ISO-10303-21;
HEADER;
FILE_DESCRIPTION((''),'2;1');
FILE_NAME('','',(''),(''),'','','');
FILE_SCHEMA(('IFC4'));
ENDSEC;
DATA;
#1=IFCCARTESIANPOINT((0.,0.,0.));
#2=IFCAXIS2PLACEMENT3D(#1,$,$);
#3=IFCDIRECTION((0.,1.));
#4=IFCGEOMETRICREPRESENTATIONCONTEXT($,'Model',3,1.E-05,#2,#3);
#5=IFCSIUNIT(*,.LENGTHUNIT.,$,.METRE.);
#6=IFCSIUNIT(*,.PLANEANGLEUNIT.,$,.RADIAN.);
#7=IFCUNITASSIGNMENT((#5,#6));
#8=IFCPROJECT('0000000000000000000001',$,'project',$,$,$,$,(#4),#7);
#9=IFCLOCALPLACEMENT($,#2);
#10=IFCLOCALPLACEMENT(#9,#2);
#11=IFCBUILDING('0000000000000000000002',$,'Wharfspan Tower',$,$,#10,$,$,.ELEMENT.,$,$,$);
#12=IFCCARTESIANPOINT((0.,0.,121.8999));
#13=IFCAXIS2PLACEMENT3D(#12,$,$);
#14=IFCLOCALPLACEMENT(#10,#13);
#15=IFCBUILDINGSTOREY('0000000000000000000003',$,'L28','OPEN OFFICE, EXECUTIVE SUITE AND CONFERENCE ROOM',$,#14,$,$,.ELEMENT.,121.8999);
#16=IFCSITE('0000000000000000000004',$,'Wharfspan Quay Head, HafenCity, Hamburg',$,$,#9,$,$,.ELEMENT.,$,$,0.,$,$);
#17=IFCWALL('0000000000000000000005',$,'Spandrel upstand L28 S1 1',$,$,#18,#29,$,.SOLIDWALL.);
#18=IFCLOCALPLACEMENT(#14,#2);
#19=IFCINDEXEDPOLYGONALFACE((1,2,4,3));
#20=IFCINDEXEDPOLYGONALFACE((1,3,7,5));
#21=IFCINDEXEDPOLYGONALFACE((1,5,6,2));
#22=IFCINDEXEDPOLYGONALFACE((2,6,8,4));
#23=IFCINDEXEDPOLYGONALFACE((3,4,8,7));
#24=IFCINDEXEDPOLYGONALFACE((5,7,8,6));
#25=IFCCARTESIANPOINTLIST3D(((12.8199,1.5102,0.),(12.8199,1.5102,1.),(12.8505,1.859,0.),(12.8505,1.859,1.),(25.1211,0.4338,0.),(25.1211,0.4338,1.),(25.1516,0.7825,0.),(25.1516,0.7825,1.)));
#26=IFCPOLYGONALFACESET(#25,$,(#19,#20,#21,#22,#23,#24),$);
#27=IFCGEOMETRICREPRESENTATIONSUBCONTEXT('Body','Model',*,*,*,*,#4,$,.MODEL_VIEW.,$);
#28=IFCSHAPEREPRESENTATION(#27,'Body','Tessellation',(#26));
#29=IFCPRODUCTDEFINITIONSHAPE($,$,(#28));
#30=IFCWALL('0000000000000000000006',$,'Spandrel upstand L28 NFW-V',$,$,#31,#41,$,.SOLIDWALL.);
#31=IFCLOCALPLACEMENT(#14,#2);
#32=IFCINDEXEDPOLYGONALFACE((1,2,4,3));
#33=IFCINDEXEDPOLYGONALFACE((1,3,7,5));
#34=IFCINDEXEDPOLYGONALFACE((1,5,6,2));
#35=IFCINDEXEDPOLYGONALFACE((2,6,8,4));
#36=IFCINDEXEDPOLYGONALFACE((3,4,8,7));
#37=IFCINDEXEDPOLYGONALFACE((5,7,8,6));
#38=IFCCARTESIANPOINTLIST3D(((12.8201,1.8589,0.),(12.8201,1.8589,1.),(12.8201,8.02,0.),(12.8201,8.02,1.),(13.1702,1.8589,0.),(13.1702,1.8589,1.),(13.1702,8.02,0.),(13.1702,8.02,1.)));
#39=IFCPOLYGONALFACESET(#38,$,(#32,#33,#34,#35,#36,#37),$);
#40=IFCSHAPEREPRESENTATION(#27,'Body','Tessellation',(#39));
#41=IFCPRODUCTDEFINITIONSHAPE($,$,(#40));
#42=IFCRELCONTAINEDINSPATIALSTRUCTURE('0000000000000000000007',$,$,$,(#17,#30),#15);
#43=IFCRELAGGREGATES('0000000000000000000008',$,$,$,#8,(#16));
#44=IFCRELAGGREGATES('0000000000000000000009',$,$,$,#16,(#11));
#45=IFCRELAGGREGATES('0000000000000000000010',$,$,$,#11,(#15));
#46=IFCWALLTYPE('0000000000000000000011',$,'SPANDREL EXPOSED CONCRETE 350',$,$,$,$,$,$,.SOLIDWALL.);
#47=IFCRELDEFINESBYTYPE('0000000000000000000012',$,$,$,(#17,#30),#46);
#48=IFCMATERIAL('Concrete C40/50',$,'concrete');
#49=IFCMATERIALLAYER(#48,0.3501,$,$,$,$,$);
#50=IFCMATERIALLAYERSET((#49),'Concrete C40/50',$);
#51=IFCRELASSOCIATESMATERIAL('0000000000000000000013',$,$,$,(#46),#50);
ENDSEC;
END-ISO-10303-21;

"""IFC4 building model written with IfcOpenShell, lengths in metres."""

from ifc_helpers import new_model, si_unit, direction, frame, frame_2d, origin, place, context, subcontext, project, spatial, rectangle, extrude, material, layer, layer_set, type_object, element, save


model = new_model("IFC4")

# Units and contexts
model_context = context("Model", 3, precision=1e-05, world=origin(), true_north=direction((0.0, 1.0)))
body_context = subcontext(model_context, "Body", "Model", "MODEL_VIEW")
ifc_project = project(units=[si_unit("LENGTHUNIT", "METRE"), si_unit("PLANEANGLEUNIT", "RADIAN")], contexts=[model_context])

# Site, building, storey
site_placement = place(None, origin())
site = spatial("IfcSite", under=ifc_project, at=site_placement, Name="Wharfspan Quay Head, HafenCity, Hamburg", CompositionType="ELEMENT", RefElevation=0.0)
building_placement = place(site_placement, origin())
building = spatial("IfcBuilding", under=site, at=building_placement, Name="Wharfspan Tower", CompositionType="ELEMENT")
storey_placement = place(building_placement, frame((0.0, 0.0, 121.8999)))
storey = spatial("IfcBuildingStorey", under=building, at=storey_placement, Name="L28", Description="OPEN OFFICE, EXECUTIVE SUITE AND CONFERENCE ROOM", CompositionType="ELEMENT", Elevation=121.8999)

# Walls
ifc_material_1 = material(Name="Concrete C40/50", Category="concrete")
ifc_layer_1 = layer(ifc_material_1, 0.3501)
ifc_layer_set_1 = layer_set([ifc_layer_1], Name="Concrete C40/50")
wall_type_1 = type_object("IfcWallType", Name="SPANDREL EXPOSED CONCRETE 350", PredefinedType="SOLIDWALL", material=ifc_layer_set_1)
wall_1_placement = place(storey_placement, frame((12.8352, 1.6846, 0.0), z_axis=(0.0, 0.0, 1.0), x_axis=(0.996192, -0.087173, 0.0)))
element("IfcWall", 1, at=wall_1_placement, inside=storey, type_object=wall_type_1, Name="Spandrel upstand L28 S1 1", PredefinedType="SOLIDWALL", context=body_context, shape_type="SweptSolid", body=[
    extrude(rectangle(XDim=12.3481, YDim=0.3501, at=frame_2d((6.1741, 0.0))), origin(), (0.0, 0.0, 1.0), 1.0),
])
wall_2_placement = place(storey_placement, frame((12.9951, 8.02, 0.0), z_axis=(0.0, 0.0, 1.0), x_axis=(0.0, -1.0, 0.0)))
element("IfcWall", 2, at=wall_2_placement, inside=storey, type_object=wall_type_1, Name="Spandrel upstand L28 NFW-V", PredefinedType="SOLIDWALL", context=body_context, shape_type="SweptSolid", body=[
    extrude(rectangle(XDim=6.1611, YDim=0.3501, at=frame_2d((3.0806, 0.0))), origin(), (0.0, 0.0, 1.0), 1.0),
])

save(model, "model.ifc")
